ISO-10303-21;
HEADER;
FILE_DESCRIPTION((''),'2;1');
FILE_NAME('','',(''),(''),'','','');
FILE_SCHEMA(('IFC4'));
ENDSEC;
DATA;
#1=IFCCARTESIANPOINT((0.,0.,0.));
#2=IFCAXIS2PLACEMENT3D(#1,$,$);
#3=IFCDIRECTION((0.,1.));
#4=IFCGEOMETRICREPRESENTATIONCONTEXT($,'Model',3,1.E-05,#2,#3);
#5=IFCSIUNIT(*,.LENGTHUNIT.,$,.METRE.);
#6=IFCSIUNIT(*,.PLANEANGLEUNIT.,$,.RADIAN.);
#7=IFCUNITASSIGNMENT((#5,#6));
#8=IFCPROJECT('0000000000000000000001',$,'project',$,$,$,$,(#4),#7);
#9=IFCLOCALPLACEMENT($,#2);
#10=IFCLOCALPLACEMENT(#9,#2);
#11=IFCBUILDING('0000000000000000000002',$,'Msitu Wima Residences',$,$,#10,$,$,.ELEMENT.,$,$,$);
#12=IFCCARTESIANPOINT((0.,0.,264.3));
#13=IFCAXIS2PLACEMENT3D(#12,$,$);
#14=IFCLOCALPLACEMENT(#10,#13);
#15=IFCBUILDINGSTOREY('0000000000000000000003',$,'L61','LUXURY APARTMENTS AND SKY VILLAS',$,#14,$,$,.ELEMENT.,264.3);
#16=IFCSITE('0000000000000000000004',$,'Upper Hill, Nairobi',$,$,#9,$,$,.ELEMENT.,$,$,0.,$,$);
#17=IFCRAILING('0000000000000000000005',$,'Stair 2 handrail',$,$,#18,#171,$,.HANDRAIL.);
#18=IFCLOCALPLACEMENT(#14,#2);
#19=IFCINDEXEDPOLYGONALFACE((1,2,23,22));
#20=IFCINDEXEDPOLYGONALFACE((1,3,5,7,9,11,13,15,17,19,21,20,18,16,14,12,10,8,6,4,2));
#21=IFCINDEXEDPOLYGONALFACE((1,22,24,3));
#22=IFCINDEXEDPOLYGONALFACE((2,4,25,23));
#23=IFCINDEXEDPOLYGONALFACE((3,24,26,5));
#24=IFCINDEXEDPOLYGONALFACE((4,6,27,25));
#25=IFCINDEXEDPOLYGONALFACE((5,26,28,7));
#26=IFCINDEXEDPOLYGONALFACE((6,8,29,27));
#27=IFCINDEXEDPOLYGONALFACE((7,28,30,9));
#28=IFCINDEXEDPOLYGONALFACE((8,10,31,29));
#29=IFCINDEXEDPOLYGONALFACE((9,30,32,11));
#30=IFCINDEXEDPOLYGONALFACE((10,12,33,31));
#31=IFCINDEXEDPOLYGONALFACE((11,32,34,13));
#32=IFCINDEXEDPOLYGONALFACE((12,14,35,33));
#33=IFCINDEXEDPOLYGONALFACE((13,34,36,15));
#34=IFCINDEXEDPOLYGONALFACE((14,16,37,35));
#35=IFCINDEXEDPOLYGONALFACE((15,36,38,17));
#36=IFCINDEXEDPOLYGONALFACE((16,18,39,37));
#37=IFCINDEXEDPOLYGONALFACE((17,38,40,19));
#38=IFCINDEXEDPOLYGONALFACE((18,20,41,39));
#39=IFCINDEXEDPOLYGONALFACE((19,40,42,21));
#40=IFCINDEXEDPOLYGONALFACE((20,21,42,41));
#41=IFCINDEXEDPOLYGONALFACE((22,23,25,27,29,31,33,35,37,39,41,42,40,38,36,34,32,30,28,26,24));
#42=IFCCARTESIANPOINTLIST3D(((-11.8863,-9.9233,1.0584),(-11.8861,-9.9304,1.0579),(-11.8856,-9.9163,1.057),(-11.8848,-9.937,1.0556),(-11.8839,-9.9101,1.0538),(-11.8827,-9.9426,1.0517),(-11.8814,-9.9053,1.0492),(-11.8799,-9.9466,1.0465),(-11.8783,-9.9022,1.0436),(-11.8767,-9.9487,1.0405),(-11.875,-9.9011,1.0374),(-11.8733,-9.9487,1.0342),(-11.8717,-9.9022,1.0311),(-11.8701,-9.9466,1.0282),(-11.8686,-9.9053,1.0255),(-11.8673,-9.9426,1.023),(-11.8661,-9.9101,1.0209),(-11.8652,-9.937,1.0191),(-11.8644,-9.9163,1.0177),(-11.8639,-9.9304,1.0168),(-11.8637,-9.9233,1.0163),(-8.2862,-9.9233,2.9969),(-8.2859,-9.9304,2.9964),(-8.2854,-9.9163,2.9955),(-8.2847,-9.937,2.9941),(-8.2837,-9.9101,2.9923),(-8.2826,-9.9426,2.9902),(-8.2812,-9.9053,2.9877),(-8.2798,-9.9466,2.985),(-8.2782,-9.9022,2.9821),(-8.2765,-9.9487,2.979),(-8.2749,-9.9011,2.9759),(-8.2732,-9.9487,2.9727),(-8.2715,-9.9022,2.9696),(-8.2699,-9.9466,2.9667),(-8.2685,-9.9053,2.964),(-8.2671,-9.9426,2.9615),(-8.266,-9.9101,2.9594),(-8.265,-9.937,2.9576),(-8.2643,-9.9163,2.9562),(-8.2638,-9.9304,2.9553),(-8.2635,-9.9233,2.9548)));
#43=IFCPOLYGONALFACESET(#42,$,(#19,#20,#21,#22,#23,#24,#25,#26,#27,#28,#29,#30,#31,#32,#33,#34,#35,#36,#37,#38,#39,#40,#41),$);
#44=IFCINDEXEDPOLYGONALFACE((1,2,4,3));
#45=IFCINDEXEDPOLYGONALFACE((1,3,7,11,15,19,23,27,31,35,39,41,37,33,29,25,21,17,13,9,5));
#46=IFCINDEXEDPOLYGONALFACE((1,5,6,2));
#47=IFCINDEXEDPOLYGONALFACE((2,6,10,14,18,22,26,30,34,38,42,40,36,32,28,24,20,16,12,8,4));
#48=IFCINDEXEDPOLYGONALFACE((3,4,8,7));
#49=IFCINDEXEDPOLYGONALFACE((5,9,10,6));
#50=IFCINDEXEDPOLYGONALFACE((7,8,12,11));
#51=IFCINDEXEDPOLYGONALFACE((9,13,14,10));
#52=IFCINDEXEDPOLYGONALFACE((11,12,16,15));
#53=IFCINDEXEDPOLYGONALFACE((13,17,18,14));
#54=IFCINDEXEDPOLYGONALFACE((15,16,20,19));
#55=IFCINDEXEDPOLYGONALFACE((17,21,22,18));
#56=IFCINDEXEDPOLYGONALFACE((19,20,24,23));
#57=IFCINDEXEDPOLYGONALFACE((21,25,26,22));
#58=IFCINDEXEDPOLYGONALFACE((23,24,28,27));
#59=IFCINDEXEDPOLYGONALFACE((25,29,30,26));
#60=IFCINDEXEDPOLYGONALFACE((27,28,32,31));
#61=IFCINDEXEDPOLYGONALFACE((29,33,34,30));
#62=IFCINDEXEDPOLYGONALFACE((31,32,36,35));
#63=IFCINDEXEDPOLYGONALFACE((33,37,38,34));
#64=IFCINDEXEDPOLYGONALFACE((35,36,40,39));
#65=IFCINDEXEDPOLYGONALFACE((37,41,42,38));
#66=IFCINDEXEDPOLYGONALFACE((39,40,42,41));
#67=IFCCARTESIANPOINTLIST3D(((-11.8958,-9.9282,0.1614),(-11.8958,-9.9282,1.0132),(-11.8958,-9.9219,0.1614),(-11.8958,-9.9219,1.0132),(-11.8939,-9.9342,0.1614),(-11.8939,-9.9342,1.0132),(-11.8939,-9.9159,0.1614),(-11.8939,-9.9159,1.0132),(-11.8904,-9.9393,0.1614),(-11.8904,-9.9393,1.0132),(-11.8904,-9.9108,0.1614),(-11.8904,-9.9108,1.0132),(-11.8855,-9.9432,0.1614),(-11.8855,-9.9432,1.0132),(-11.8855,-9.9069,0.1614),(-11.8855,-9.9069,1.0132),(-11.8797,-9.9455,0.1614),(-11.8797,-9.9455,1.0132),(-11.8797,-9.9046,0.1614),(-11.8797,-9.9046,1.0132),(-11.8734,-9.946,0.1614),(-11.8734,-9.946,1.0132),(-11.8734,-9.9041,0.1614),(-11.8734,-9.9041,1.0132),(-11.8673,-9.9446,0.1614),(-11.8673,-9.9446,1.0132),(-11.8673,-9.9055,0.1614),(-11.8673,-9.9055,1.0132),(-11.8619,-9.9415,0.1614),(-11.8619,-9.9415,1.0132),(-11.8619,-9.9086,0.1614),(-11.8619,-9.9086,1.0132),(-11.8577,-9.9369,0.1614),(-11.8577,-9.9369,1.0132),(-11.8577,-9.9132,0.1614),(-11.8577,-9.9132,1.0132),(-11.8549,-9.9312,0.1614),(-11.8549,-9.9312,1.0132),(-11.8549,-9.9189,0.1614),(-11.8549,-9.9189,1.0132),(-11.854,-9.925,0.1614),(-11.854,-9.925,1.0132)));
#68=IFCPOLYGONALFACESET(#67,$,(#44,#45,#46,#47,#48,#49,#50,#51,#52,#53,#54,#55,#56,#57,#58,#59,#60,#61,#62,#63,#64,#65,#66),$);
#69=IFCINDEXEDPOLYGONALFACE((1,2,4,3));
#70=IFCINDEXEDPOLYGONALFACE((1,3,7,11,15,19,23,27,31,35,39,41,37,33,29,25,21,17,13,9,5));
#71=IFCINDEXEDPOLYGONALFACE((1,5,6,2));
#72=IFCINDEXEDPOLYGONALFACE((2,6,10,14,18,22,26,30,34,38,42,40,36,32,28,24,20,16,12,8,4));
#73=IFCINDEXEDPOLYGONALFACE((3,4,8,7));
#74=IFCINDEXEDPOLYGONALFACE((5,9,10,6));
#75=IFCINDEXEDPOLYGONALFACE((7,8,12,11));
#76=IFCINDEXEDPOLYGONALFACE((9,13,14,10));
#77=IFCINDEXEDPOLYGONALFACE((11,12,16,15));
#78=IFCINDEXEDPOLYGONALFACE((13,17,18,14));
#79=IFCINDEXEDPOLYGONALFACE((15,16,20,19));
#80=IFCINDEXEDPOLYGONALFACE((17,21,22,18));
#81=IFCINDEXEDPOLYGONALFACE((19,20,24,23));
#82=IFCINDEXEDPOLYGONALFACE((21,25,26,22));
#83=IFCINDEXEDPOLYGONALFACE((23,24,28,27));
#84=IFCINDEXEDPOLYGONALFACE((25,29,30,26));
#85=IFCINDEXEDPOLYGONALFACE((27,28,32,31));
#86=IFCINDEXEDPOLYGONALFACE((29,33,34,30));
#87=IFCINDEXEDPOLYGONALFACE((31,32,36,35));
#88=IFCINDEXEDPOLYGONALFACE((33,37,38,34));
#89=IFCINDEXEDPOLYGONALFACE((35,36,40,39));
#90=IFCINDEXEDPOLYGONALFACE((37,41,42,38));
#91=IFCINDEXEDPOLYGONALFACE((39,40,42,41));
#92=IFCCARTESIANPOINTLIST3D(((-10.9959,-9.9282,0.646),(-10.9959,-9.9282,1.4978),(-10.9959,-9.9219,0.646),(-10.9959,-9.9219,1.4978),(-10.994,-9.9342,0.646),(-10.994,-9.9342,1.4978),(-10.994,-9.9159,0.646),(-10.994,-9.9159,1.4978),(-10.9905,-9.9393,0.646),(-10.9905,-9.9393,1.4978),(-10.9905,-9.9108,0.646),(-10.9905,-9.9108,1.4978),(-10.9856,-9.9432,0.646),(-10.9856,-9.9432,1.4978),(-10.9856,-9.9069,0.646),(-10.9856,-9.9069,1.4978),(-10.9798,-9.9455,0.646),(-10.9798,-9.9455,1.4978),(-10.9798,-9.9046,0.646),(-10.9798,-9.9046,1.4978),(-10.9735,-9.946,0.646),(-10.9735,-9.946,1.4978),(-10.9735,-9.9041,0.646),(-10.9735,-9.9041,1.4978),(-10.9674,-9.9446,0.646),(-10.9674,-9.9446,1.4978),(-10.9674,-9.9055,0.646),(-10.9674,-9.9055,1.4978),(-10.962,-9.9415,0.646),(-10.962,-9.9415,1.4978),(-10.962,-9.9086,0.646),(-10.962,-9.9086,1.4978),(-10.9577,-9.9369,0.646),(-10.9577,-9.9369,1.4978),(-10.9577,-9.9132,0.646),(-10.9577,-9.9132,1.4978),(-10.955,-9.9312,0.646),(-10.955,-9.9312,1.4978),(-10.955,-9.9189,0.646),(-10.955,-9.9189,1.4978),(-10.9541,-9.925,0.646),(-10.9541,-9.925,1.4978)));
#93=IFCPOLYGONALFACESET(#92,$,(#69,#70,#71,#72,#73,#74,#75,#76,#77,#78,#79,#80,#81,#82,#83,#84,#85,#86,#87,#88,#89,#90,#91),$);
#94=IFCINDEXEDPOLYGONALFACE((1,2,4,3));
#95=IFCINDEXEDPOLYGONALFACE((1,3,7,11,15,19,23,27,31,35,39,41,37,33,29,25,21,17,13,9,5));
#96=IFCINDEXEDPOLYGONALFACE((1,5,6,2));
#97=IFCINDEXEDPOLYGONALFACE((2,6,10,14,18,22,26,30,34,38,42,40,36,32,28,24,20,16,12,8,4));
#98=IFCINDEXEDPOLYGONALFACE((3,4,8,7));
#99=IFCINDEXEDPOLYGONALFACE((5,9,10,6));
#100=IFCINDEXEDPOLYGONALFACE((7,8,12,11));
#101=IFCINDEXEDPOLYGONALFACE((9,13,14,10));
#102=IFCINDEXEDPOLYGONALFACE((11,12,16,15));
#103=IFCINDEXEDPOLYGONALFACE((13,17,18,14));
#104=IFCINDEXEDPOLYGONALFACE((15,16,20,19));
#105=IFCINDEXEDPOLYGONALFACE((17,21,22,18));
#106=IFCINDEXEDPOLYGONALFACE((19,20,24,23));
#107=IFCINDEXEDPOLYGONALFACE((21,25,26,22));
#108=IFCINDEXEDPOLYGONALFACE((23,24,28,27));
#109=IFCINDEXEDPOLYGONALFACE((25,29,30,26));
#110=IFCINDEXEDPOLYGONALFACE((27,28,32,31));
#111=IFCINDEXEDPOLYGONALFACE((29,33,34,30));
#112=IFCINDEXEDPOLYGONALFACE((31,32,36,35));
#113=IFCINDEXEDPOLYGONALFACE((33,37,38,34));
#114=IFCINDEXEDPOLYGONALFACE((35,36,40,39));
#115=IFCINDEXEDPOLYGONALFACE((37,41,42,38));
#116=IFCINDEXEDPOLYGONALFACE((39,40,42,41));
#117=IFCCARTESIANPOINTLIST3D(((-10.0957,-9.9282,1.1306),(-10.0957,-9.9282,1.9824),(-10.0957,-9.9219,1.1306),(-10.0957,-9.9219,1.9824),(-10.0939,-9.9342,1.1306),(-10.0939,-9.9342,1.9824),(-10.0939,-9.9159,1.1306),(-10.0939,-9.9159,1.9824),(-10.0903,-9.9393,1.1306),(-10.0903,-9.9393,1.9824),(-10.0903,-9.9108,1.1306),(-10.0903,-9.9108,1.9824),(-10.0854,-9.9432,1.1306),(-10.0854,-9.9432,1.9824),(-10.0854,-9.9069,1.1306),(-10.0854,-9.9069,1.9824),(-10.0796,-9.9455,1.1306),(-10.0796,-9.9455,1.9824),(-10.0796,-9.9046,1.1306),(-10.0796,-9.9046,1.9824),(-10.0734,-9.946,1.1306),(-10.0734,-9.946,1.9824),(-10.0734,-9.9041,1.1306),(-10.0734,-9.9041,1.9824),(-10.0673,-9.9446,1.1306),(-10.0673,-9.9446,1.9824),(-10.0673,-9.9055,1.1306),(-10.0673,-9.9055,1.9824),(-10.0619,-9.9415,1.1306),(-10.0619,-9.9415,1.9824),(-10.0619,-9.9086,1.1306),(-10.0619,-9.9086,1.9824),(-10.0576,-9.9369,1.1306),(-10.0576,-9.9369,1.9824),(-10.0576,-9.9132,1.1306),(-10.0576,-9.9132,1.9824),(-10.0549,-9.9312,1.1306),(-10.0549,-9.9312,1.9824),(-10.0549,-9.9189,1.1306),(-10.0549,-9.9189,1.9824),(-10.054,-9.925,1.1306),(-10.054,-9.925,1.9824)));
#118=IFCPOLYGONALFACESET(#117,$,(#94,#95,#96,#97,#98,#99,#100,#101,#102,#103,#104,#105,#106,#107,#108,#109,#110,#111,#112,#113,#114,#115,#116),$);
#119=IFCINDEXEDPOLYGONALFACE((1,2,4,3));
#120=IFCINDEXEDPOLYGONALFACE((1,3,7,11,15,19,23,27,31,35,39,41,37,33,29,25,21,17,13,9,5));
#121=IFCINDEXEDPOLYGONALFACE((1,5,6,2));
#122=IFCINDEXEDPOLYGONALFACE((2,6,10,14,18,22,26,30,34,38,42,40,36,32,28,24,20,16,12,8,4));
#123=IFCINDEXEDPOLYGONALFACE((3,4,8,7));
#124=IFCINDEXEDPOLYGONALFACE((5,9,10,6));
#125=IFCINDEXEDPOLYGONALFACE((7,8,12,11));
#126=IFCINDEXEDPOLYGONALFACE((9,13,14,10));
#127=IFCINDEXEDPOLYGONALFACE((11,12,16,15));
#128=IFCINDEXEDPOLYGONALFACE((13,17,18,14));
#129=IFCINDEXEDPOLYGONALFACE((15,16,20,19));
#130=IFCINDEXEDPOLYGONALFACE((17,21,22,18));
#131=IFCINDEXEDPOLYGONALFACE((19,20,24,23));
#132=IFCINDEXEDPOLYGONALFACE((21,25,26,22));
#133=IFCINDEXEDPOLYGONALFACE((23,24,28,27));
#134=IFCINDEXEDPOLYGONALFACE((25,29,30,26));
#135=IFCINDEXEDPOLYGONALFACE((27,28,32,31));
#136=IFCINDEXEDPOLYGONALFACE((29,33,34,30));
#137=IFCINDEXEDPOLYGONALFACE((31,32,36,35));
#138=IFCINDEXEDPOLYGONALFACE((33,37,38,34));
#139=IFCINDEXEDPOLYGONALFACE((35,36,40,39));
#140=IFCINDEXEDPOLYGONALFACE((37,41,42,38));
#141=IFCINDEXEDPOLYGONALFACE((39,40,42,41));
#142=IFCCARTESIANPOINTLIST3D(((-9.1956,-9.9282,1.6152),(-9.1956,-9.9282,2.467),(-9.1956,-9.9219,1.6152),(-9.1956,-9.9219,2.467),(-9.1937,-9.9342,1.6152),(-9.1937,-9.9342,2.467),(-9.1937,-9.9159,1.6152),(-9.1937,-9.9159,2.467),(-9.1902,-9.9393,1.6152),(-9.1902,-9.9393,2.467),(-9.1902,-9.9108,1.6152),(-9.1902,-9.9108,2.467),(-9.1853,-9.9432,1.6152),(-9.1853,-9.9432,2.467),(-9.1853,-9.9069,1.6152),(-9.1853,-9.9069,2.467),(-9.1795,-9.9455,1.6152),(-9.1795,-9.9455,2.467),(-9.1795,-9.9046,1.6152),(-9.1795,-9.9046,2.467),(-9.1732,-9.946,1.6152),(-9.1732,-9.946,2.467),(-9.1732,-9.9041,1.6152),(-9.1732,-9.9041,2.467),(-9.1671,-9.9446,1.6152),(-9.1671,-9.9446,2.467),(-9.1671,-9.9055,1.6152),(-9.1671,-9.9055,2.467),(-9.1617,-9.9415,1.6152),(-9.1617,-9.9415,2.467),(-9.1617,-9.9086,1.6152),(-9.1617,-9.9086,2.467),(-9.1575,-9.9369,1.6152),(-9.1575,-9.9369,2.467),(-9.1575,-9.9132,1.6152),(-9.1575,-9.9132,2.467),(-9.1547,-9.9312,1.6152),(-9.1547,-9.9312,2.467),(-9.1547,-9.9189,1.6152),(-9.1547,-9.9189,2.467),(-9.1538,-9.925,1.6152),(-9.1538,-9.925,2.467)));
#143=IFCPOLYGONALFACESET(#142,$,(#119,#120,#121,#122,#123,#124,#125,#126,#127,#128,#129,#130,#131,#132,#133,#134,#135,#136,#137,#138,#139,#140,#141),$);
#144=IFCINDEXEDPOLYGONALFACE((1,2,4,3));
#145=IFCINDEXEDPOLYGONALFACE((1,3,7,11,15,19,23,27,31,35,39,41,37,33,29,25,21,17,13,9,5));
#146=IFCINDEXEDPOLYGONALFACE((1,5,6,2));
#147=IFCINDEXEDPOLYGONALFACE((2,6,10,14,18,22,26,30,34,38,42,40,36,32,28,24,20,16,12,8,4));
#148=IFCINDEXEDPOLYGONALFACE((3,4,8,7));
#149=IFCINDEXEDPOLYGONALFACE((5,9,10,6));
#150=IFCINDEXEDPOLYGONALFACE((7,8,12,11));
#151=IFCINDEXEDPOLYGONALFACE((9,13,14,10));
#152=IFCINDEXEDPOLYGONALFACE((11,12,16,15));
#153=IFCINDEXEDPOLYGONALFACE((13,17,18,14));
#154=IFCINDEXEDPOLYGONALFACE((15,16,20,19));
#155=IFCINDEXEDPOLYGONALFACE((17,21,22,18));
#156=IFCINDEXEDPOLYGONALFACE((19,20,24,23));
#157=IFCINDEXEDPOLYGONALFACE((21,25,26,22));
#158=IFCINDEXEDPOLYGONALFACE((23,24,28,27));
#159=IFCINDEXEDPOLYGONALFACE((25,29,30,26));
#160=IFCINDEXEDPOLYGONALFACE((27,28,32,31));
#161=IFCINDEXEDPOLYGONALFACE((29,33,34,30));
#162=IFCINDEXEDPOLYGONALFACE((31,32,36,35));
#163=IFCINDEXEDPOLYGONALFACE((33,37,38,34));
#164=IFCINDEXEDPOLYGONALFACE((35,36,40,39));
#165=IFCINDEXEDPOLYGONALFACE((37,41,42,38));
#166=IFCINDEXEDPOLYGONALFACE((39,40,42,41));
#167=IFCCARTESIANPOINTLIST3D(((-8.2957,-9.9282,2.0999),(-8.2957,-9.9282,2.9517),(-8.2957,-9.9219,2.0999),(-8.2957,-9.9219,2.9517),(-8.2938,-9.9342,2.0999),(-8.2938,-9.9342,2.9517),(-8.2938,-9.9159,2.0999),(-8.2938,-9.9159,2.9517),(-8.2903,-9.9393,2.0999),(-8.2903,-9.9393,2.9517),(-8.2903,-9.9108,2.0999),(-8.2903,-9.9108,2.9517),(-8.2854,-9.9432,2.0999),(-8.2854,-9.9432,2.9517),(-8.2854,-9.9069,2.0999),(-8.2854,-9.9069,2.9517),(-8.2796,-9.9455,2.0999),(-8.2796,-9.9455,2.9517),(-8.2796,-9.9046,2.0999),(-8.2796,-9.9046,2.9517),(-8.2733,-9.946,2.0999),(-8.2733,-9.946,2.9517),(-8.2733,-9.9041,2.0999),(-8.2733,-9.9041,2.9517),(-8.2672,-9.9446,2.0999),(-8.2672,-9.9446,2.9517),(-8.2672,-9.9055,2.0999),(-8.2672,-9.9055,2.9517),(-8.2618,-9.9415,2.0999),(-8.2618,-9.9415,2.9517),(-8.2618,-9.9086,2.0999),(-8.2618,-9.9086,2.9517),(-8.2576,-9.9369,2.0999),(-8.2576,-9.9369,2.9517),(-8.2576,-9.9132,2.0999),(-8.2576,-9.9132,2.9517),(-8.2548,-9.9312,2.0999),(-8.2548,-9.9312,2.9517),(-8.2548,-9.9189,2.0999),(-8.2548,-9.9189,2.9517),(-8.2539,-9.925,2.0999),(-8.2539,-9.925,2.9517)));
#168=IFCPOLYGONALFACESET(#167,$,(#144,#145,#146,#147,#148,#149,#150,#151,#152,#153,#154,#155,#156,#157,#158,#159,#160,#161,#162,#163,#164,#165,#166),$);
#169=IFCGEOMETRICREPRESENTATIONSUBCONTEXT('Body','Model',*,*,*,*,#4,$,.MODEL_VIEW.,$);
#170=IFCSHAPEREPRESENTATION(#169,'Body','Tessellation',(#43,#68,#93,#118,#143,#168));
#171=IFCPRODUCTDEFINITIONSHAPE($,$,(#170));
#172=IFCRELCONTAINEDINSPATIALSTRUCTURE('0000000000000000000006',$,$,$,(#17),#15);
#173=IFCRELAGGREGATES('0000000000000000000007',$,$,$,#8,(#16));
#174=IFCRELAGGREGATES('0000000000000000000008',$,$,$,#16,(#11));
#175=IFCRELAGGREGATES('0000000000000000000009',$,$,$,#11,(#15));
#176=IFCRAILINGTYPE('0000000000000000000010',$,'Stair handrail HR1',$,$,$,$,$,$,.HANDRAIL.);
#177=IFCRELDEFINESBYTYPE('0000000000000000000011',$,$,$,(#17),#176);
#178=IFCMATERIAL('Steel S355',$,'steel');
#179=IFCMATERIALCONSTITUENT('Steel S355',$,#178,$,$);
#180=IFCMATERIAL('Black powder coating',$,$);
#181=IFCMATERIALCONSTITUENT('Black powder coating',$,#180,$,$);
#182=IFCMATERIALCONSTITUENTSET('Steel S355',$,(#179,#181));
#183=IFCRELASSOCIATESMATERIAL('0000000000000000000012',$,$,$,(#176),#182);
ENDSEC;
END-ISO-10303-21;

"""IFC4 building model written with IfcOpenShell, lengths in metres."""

from ifc_helpers import new_model, si_unit, direction, frame, origin, origin_2d, place, context, subcontext, project, spatial, circle, extrude, material, constituent, constituent_set, type_object, element, save


model = new_model("IFC4")

# Units and contexts
model_context = context("Model", 3, precision=1e-05, world=origin(), true_north=direction((0.0, 1.0)))
body_context = subcontext(model_context, "Body", "Model", "MODEL_VIEW")
ifc_project = project(units=[si_unit("LENGTHUNIT", "METRE"), si_unit("PLANEANGLEUNIT", "RADIAN")], contexts=[model_context])

# Site, building, storey
site_placement = place(None, origin())
site = spatial("IfcSite", under=ifc_project, at=site_placement, Name="Upper Hill, Nairobi", CompositionType="ELEMENT", RefElevation=0.0)
building_placement = place(site_placement, origin())
building = spatial("IfcBuilding", under=site, at=building_placement, Name="Msitu Wima Residences", CompositionType="ELEMENT")
storey_placement = place(building_placement, frame((0.0, 0.0, 264.3)))
storey = spatial("IfcBuildingStorey", under=building, at=storey_placement, Name="L61", Description="LUXURY APARTMENTS AND SKY VILLAS", CompositionType="ELEMENT", Elevation=264.3)

# Railing
ifc_material_1 = material(Name="Steel S355", Category="steel")
ifc_constituent_1 = constituent(ifc_material_1, Name="Steel S355")
ifc_material_2 = material(Name="Black powder coating")
ifc_constituent_2 = constituent(ifc_material_2, Name="Black powder coating")
ifc_constituent_set = constituent_set(constituents=[ifc_constituent_1, ifc_constituent_2], Name="Steel S355")
railing_type = type_object("IfcRailingType", Name="Stair handrail HR1", PredefinedType="HANDRAIL", material=ifc_constituent_set)
for number, where, name in (
    (1, (-11.875, -9.925, 0.1614), "Stair 2 handrail"),
):
    element("IfcRailing", number, at=place(storey_placement, frame(where)), inside=storey, type_object=railing_type, Name=name, PredefinedType="HANDRAIL", context=body_context, shape_type="SweptSolid", body=[
        extrude(circle(Radius=0.0239, at=origin_2d()), frame((0.0, 0.0, 0.876), z_axis=(0.880475, 0.0, 0.474093), x_axis=(0.0, 1.0, 0.0)), (0.0, 0.0, 1.0), 4.0889),
        extrude(circle(Radius=0.021, at=origin_2d()), origin(), (0.0, 0.0, 1.0), 0.8518),
        extrude(circle(Radius=0.021, at=origin_2d()), frame((0.8999, 0.0, 0.4846)), (0.0, 0.0, 1.0), 0.8518),
        extrude(circle(Radius=0.021, at=origin_2d()), frame((1.8, 0.0, 0.9692)), (0.0, 0.0, 1.0), 0.8518),
        extrude(circle(Radius=0.021, at=origin_2d()), frame((2.7002, 0.0, 1.4539)), (0.0, 0.0, 1.0), 0.8518),
        extrude(circle(Radius=0.021, at=origin_2d()), frame((3.6001, 0.0, 1.9385)), (0.0, 0.0, 1.0), 0.8518),
    ])

save(model, "model.ifc")
